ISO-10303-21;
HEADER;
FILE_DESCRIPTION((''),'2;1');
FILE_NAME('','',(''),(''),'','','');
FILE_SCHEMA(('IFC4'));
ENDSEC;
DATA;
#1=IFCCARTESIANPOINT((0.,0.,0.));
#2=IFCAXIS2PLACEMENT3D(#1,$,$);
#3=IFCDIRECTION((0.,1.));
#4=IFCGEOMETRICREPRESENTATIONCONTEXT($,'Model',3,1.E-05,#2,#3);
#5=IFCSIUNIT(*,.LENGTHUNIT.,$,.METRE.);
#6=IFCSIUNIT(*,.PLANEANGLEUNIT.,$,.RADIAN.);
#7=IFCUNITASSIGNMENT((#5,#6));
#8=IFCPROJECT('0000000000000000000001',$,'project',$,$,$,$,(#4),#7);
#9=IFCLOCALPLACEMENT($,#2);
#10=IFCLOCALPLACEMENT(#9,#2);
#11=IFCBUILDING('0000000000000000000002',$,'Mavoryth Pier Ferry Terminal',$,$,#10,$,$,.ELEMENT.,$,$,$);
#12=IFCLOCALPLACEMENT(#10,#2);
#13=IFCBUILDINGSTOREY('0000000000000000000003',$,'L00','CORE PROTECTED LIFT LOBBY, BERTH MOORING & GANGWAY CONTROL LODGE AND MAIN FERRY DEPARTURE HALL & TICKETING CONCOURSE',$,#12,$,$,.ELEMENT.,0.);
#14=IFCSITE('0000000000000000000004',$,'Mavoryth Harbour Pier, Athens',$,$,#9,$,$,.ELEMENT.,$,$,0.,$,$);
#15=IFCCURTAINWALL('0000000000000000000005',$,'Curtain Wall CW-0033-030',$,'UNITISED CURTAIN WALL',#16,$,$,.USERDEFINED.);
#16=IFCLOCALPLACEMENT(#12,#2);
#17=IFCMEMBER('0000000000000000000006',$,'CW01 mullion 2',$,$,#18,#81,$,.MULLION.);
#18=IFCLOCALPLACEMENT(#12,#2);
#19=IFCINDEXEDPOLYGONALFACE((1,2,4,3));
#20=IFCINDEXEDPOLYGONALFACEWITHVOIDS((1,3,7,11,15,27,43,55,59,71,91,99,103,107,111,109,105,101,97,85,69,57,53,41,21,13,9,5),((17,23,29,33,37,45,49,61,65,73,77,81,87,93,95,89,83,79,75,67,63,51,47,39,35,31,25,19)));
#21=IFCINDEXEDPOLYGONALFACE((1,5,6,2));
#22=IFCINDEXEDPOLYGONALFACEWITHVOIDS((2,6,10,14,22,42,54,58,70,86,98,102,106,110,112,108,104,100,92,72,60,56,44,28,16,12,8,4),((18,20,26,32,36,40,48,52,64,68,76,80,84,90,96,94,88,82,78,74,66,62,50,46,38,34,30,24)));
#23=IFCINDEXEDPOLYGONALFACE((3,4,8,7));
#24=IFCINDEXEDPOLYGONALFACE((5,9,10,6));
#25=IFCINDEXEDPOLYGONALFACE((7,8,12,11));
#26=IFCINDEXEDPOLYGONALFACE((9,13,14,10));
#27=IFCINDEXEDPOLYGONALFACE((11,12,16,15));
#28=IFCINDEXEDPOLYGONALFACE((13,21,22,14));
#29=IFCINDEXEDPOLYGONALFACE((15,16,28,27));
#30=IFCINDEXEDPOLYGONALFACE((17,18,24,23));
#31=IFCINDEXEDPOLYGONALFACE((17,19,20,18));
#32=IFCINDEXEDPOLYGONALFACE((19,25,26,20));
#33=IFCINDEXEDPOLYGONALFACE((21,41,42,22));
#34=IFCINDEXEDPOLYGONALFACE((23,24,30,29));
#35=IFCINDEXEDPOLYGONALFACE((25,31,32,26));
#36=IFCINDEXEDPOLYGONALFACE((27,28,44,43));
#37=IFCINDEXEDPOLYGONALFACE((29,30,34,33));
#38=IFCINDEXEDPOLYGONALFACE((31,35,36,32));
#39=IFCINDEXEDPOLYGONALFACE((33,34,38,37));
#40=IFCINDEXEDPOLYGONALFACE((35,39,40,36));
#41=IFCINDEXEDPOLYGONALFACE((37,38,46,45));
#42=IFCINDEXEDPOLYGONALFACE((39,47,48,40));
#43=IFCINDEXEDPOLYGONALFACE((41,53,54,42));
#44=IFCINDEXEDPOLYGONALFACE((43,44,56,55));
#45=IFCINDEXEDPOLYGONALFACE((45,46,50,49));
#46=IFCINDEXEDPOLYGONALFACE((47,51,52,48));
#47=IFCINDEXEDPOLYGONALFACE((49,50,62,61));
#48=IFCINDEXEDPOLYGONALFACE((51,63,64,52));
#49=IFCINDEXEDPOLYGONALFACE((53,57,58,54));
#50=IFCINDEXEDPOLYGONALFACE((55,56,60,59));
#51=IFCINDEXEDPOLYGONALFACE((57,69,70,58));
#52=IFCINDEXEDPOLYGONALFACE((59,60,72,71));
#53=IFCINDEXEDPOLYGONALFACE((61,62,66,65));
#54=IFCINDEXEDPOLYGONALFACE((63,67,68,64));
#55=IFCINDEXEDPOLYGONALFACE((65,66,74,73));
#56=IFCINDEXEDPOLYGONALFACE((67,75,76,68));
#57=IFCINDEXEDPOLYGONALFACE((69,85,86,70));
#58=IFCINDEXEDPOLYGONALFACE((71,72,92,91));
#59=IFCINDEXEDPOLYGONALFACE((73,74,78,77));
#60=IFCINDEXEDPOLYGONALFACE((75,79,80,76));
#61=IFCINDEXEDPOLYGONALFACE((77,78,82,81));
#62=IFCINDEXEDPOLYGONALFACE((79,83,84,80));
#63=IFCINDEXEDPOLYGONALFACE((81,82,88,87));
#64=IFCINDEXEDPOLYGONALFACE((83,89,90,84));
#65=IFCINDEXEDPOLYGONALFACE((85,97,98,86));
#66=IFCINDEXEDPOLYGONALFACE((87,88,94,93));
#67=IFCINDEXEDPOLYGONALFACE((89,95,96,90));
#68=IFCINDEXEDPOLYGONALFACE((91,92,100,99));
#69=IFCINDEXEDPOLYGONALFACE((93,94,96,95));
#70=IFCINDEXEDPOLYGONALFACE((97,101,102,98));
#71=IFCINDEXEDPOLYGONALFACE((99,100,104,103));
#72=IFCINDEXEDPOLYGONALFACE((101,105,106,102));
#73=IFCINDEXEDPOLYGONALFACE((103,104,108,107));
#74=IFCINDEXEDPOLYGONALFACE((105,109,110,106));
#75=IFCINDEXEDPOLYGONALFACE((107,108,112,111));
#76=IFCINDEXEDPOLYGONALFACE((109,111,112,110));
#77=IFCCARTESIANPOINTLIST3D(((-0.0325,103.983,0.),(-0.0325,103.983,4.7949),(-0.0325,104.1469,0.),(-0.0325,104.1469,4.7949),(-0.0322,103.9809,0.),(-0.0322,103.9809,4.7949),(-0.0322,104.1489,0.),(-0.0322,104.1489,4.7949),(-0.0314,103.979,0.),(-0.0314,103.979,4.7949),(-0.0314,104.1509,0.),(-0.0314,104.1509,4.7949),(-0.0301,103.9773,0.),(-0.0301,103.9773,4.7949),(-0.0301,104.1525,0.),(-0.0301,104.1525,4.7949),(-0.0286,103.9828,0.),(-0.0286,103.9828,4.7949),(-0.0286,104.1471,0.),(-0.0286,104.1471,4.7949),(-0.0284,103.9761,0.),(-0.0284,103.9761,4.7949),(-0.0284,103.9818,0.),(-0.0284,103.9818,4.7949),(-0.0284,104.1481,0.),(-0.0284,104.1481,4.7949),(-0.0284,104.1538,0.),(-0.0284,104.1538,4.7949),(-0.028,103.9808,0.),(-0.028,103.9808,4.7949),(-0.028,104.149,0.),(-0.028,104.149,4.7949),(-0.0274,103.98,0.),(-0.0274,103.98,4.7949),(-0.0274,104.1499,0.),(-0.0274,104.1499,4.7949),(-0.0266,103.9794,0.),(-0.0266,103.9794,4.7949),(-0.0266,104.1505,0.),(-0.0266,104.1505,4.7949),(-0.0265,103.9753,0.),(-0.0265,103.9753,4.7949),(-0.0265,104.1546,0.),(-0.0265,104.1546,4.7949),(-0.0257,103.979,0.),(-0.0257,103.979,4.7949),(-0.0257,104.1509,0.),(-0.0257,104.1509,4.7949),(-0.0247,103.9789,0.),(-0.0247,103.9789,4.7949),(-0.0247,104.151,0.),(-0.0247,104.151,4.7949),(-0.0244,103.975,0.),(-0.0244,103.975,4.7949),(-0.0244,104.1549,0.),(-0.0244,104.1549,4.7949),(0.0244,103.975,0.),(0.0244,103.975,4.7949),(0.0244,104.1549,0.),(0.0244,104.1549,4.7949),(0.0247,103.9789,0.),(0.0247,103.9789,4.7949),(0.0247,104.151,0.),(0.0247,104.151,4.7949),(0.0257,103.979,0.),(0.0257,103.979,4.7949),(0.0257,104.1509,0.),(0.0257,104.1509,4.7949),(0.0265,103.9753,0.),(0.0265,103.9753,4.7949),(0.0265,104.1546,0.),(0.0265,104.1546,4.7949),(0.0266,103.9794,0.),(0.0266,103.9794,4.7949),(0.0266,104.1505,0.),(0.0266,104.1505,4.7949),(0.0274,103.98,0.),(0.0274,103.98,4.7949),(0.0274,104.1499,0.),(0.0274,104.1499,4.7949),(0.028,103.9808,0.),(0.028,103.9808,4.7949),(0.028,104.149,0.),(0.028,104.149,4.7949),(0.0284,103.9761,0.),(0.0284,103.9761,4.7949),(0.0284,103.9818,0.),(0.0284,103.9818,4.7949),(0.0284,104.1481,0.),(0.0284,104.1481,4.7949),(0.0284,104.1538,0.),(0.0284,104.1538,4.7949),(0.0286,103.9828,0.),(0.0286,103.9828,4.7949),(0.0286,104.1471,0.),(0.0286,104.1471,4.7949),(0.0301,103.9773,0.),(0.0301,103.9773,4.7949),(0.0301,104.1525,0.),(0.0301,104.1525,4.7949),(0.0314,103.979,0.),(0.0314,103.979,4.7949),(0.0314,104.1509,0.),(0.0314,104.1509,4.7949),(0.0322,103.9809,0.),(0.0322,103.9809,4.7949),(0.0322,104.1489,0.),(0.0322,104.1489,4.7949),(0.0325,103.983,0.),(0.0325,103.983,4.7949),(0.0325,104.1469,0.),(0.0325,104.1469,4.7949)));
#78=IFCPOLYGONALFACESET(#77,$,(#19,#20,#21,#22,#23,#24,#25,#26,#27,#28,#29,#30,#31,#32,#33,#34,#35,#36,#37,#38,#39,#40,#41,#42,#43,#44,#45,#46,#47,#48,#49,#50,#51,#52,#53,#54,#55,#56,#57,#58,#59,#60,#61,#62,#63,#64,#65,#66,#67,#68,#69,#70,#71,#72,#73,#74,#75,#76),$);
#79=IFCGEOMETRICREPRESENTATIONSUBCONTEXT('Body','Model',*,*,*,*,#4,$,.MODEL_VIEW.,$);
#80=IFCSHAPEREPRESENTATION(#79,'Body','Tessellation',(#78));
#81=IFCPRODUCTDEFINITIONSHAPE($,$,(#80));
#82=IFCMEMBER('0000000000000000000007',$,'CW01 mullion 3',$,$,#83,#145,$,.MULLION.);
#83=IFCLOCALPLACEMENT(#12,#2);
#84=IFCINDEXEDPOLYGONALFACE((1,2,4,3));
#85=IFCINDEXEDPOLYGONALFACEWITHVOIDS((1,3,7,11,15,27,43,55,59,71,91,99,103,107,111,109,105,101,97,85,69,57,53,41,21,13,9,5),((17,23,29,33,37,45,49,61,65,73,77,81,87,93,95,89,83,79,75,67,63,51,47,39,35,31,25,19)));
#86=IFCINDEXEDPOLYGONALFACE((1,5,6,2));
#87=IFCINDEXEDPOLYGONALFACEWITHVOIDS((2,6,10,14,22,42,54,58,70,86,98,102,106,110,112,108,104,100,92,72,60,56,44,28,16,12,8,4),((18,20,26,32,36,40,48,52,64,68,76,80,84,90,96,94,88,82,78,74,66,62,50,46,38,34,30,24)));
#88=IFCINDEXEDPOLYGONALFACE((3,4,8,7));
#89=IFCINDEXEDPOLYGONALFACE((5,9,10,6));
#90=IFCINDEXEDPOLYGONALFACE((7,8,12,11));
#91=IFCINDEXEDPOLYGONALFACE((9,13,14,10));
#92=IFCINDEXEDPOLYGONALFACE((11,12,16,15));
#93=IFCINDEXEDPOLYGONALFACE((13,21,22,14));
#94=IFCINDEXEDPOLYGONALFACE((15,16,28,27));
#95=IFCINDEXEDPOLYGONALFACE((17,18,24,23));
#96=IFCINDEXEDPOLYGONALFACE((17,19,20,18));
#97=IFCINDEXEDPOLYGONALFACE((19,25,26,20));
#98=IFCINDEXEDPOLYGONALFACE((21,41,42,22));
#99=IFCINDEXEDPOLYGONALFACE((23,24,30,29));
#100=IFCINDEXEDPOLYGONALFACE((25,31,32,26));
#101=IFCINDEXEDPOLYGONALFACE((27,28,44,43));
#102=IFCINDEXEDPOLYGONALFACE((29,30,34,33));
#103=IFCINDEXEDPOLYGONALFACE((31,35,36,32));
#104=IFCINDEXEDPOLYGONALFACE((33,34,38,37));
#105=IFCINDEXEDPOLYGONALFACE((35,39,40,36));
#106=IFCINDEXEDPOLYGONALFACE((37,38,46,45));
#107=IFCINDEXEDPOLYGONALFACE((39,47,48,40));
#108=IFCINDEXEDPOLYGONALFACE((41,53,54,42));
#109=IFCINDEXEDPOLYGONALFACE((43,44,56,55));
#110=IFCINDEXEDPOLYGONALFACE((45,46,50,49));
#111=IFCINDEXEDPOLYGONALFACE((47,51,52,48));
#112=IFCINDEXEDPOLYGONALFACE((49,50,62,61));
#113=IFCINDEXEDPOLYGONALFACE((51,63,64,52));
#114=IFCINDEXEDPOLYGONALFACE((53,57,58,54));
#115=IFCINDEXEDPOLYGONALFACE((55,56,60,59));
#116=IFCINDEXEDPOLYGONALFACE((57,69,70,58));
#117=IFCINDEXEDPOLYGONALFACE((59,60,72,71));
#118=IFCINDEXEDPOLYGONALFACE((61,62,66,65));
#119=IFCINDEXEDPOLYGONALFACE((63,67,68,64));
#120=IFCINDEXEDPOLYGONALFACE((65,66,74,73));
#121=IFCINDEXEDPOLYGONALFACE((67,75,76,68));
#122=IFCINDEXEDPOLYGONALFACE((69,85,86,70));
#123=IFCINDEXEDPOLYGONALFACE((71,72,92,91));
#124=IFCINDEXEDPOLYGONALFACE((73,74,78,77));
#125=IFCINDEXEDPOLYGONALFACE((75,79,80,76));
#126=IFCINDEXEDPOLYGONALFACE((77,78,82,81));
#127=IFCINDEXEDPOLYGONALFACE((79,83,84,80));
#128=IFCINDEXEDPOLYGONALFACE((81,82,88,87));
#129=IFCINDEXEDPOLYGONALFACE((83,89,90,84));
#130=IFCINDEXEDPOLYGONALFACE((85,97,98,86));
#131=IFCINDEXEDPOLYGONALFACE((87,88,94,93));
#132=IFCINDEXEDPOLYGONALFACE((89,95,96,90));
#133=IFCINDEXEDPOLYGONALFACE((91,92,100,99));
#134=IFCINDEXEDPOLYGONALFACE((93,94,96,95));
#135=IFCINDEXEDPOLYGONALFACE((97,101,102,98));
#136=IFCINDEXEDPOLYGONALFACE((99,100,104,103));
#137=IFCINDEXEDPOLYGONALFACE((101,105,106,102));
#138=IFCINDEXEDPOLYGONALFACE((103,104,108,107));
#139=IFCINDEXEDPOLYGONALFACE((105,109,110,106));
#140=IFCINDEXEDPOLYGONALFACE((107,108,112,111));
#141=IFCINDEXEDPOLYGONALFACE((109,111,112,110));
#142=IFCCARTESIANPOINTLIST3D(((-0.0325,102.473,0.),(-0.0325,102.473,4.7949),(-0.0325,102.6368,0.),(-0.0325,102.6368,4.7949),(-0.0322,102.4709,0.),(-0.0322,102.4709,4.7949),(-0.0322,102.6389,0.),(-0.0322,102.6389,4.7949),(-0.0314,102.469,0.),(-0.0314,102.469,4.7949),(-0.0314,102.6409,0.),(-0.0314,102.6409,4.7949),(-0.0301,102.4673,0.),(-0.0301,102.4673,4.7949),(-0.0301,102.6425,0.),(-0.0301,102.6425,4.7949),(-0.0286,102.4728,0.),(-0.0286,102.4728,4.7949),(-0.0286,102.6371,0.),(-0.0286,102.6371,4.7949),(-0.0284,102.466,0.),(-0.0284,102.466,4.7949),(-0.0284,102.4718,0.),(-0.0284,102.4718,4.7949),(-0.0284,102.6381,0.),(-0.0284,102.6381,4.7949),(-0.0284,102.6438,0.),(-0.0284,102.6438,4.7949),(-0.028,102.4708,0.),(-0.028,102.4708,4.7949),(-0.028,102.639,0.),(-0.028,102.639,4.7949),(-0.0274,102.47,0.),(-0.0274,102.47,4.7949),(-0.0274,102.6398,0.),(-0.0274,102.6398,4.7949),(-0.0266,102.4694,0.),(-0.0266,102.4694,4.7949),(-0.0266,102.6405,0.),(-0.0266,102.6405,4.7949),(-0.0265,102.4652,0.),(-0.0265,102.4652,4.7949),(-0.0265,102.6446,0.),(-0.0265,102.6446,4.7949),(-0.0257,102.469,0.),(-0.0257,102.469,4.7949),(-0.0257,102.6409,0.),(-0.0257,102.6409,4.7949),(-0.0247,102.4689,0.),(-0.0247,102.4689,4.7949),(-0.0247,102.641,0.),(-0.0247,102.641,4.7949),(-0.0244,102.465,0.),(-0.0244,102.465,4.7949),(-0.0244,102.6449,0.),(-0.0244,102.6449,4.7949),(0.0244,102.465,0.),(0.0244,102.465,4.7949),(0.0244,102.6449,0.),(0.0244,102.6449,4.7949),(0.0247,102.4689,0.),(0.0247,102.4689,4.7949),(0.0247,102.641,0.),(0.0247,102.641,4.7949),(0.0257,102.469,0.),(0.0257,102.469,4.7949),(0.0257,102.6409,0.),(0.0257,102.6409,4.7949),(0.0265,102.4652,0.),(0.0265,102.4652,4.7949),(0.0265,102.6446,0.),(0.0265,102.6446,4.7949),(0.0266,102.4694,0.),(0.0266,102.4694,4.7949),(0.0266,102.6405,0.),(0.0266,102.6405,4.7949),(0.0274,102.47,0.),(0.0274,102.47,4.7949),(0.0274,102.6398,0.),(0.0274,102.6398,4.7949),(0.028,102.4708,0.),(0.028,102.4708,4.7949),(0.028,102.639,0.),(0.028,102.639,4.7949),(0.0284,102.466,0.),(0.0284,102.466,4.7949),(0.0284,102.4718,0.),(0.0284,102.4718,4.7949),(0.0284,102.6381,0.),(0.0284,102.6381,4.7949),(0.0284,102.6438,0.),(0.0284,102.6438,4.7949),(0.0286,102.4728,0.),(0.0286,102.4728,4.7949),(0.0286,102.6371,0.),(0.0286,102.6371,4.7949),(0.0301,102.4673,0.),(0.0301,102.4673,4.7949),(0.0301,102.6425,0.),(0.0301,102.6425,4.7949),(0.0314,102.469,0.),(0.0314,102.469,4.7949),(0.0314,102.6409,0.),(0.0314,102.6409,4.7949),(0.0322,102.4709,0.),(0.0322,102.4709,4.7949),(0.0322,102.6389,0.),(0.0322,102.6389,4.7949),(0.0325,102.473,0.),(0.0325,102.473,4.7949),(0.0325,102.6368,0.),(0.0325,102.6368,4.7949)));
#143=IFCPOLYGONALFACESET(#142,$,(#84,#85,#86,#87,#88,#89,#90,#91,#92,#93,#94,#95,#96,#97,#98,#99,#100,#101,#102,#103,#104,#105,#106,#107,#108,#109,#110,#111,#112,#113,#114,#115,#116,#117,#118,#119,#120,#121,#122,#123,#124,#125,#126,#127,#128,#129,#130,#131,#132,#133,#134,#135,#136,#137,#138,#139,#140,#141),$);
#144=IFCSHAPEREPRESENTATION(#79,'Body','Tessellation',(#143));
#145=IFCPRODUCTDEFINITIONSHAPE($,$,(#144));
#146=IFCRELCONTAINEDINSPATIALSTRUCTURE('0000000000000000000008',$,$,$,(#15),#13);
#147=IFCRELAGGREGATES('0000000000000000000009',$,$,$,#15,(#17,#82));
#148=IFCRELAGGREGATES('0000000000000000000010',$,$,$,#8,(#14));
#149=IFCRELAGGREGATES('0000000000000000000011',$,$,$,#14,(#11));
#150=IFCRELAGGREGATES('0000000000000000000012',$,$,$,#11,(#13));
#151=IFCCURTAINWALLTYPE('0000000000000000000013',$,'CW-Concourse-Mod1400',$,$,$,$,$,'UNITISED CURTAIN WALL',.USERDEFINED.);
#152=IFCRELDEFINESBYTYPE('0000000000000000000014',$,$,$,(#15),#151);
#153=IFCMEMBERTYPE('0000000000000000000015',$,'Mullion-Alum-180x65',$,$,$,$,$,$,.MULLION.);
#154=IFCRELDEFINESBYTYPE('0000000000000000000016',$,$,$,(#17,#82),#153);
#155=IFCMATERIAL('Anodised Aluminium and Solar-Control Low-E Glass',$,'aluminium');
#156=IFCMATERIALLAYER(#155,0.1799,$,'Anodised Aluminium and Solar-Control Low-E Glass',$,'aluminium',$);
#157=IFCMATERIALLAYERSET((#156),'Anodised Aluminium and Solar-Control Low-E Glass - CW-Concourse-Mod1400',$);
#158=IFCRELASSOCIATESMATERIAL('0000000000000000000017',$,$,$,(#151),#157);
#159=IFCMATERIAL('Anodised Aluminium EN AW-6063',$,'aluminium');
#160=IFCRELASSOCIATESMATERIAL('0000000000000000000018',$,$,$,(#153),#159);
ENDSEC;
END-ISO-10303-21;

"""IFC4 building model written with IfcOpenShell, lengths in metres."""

from ifc_helpers import new_model, si_unit, direction, frame, origin, origin_2d, place, context, subcontext, project, spatial, hollow_rectangle, extrude, material, layer, layer_set, material_profile, profile_set, type_object, element, aggregate, save


model = new_model("IFC4")

# Units and contexts
model_context = context("Model", 3, precision=1e-05, world=origin(), true_north=direction((0.0, 1.0)))
body_context = subcontext(model_context, "Body", "Model", "MODEL_VIEW")
ifc_project = project(units=[si_unit("LENGTHUNIT", "METRE"), si_unit("PLANEANGLEUNIT", "RADIAN")], contexts=[model_context])

# Site, building, storey
site_placement = place(None, origin())
site = spatial("IfcSite", under=ifc_project, at=site_placement, Name="Mavoryth Harbour Pier, Athens", CompositionType="ELEMENT", RefElevation=0.0)
building_placement = place(site_placement, origin())
building = spatial("IfcBuilding", under=site, at=building_placement, Name="Mavoryth Pier Ferry Terminal", CompositionType="ELEMENT")
storey_placement = place(building_placement, origin())
storey = spatial("IfcBuildingStorey", under=building, at=storey_placement, Name="L00", Description="CORE PROTECTED LIFT LOBBY, BERTH MOORING & GANGWAY CONTROL LODGE AND MAIN FERRY DEPARTURE HALL & TICKETING CONCOURSE", CompositionType="ELEMENT", Elevation=0.0)

# Curtain wall, members
ifc_material_1 = material(Name="Anodised Aluminium and Solar-Control Low-E Glass", Category="aluminium")
ifc_layer_1 = layer(ifc_material_1, 0.1799, Name="Anodised Aluminium and Solar-Control Low-E Glass", Category="aluminium")
ifc_layer_set_1 = layer_set([ifc_layer_1], Name="Anodised Aluminium and Solar-Control Low-E Glass - CW-Concourse-Mod1400")
curtain_wall_type = type_object("IfcCurtainWallType", Name="CW-Concourse-Mod1400", ElementType="UNITISED CURTAIN WALL", PredefinedType="USERDEFINED", material=ifc_layer_set_1)
curtain_wall_placement = place(storey_placement, origin())
curtain_wall = element("IfcCurtainWall", 1, at=curtain_wall_placement, inside=storey, type_object=curtain_wall_type, Name="Curtain Wall CW-0033-030", ObjectType="UNITISED CURTAIN WALL", PredefinedType="USERDEFINED")
ifc_material_2 = material(Name="Anodised Aluminium EN AW-6063", Category="aluminium")
ifc_material_profile_1 = material_profile(ifc_material_2, hollow_rectangle(XDim=0.0649, YDim=0.1799, WallThickness=0.0039, InnerFilletRadius=0.0039, OuterFilletRadius=0.0081, at=origin_2d()), Name="AL-MULL 180x65x4", Category="aluminium")
ifc_profile_set_1 = profile_set([ifc_material_profile_1], Name="Anodised Aluminium EN AW-6063 - AL-MULL 180x65x4")
member_type_1 = type_object("IfcMemberType", Name="Mullion-Alum-180x65", PredefinedType="MULLION", material=ifc_profile_set_1)
member_1_placement = place(storey_placement, frame((0.0, 104.0649, 0.0), z_axis=(0.0, 0.0, 1.0), x_axis=(1.0, 0.0, 0.0)))
member_1 = element("IfcMember", 2, at=member_1_placement, type_object=member_type_1, Name="CW01 mullion 2", PredefinedType="MULLION", context=body_context, shape_type="SweptSolid", body=[
    extrude(hollow_rectangle(XDim=0.0649, YDim=0.1799, WallThickness=0.0039, InnerFilletRadius=0.0039, OuterFilletRadius=0.0081, at=origin_2d()), origin(), (0.0, 0.0, 1.0), 4.7949),
])
member_2_placement = place(storey_placement, frame((0.0, 102.5549, 0.0), z_axis=(0.0, 0.0, 1.0), x_axis=(1.0, 0.0, 0.0)))
member_2 = element("IfcMember", 3, at=member_2_placement, type_object=member_type_1, Name="CW01 mullion 3", PredefinedType="MULLION", context=body_context, shape_type="SweptSolid", body=[
    extrude(hollow_rectangle(XDim=0.0649, YDim=0.1799, WallThickness=0.0039, InnerFilletRadius=0.0039, OuterFilletRadius=0.0081, at=origin_2d()), origin(), (0.0, 0.0, 1.0), 4.7949),
])
aggregate(curtain_wall, [member_1, member_2])

save(model, "model.ifc")
